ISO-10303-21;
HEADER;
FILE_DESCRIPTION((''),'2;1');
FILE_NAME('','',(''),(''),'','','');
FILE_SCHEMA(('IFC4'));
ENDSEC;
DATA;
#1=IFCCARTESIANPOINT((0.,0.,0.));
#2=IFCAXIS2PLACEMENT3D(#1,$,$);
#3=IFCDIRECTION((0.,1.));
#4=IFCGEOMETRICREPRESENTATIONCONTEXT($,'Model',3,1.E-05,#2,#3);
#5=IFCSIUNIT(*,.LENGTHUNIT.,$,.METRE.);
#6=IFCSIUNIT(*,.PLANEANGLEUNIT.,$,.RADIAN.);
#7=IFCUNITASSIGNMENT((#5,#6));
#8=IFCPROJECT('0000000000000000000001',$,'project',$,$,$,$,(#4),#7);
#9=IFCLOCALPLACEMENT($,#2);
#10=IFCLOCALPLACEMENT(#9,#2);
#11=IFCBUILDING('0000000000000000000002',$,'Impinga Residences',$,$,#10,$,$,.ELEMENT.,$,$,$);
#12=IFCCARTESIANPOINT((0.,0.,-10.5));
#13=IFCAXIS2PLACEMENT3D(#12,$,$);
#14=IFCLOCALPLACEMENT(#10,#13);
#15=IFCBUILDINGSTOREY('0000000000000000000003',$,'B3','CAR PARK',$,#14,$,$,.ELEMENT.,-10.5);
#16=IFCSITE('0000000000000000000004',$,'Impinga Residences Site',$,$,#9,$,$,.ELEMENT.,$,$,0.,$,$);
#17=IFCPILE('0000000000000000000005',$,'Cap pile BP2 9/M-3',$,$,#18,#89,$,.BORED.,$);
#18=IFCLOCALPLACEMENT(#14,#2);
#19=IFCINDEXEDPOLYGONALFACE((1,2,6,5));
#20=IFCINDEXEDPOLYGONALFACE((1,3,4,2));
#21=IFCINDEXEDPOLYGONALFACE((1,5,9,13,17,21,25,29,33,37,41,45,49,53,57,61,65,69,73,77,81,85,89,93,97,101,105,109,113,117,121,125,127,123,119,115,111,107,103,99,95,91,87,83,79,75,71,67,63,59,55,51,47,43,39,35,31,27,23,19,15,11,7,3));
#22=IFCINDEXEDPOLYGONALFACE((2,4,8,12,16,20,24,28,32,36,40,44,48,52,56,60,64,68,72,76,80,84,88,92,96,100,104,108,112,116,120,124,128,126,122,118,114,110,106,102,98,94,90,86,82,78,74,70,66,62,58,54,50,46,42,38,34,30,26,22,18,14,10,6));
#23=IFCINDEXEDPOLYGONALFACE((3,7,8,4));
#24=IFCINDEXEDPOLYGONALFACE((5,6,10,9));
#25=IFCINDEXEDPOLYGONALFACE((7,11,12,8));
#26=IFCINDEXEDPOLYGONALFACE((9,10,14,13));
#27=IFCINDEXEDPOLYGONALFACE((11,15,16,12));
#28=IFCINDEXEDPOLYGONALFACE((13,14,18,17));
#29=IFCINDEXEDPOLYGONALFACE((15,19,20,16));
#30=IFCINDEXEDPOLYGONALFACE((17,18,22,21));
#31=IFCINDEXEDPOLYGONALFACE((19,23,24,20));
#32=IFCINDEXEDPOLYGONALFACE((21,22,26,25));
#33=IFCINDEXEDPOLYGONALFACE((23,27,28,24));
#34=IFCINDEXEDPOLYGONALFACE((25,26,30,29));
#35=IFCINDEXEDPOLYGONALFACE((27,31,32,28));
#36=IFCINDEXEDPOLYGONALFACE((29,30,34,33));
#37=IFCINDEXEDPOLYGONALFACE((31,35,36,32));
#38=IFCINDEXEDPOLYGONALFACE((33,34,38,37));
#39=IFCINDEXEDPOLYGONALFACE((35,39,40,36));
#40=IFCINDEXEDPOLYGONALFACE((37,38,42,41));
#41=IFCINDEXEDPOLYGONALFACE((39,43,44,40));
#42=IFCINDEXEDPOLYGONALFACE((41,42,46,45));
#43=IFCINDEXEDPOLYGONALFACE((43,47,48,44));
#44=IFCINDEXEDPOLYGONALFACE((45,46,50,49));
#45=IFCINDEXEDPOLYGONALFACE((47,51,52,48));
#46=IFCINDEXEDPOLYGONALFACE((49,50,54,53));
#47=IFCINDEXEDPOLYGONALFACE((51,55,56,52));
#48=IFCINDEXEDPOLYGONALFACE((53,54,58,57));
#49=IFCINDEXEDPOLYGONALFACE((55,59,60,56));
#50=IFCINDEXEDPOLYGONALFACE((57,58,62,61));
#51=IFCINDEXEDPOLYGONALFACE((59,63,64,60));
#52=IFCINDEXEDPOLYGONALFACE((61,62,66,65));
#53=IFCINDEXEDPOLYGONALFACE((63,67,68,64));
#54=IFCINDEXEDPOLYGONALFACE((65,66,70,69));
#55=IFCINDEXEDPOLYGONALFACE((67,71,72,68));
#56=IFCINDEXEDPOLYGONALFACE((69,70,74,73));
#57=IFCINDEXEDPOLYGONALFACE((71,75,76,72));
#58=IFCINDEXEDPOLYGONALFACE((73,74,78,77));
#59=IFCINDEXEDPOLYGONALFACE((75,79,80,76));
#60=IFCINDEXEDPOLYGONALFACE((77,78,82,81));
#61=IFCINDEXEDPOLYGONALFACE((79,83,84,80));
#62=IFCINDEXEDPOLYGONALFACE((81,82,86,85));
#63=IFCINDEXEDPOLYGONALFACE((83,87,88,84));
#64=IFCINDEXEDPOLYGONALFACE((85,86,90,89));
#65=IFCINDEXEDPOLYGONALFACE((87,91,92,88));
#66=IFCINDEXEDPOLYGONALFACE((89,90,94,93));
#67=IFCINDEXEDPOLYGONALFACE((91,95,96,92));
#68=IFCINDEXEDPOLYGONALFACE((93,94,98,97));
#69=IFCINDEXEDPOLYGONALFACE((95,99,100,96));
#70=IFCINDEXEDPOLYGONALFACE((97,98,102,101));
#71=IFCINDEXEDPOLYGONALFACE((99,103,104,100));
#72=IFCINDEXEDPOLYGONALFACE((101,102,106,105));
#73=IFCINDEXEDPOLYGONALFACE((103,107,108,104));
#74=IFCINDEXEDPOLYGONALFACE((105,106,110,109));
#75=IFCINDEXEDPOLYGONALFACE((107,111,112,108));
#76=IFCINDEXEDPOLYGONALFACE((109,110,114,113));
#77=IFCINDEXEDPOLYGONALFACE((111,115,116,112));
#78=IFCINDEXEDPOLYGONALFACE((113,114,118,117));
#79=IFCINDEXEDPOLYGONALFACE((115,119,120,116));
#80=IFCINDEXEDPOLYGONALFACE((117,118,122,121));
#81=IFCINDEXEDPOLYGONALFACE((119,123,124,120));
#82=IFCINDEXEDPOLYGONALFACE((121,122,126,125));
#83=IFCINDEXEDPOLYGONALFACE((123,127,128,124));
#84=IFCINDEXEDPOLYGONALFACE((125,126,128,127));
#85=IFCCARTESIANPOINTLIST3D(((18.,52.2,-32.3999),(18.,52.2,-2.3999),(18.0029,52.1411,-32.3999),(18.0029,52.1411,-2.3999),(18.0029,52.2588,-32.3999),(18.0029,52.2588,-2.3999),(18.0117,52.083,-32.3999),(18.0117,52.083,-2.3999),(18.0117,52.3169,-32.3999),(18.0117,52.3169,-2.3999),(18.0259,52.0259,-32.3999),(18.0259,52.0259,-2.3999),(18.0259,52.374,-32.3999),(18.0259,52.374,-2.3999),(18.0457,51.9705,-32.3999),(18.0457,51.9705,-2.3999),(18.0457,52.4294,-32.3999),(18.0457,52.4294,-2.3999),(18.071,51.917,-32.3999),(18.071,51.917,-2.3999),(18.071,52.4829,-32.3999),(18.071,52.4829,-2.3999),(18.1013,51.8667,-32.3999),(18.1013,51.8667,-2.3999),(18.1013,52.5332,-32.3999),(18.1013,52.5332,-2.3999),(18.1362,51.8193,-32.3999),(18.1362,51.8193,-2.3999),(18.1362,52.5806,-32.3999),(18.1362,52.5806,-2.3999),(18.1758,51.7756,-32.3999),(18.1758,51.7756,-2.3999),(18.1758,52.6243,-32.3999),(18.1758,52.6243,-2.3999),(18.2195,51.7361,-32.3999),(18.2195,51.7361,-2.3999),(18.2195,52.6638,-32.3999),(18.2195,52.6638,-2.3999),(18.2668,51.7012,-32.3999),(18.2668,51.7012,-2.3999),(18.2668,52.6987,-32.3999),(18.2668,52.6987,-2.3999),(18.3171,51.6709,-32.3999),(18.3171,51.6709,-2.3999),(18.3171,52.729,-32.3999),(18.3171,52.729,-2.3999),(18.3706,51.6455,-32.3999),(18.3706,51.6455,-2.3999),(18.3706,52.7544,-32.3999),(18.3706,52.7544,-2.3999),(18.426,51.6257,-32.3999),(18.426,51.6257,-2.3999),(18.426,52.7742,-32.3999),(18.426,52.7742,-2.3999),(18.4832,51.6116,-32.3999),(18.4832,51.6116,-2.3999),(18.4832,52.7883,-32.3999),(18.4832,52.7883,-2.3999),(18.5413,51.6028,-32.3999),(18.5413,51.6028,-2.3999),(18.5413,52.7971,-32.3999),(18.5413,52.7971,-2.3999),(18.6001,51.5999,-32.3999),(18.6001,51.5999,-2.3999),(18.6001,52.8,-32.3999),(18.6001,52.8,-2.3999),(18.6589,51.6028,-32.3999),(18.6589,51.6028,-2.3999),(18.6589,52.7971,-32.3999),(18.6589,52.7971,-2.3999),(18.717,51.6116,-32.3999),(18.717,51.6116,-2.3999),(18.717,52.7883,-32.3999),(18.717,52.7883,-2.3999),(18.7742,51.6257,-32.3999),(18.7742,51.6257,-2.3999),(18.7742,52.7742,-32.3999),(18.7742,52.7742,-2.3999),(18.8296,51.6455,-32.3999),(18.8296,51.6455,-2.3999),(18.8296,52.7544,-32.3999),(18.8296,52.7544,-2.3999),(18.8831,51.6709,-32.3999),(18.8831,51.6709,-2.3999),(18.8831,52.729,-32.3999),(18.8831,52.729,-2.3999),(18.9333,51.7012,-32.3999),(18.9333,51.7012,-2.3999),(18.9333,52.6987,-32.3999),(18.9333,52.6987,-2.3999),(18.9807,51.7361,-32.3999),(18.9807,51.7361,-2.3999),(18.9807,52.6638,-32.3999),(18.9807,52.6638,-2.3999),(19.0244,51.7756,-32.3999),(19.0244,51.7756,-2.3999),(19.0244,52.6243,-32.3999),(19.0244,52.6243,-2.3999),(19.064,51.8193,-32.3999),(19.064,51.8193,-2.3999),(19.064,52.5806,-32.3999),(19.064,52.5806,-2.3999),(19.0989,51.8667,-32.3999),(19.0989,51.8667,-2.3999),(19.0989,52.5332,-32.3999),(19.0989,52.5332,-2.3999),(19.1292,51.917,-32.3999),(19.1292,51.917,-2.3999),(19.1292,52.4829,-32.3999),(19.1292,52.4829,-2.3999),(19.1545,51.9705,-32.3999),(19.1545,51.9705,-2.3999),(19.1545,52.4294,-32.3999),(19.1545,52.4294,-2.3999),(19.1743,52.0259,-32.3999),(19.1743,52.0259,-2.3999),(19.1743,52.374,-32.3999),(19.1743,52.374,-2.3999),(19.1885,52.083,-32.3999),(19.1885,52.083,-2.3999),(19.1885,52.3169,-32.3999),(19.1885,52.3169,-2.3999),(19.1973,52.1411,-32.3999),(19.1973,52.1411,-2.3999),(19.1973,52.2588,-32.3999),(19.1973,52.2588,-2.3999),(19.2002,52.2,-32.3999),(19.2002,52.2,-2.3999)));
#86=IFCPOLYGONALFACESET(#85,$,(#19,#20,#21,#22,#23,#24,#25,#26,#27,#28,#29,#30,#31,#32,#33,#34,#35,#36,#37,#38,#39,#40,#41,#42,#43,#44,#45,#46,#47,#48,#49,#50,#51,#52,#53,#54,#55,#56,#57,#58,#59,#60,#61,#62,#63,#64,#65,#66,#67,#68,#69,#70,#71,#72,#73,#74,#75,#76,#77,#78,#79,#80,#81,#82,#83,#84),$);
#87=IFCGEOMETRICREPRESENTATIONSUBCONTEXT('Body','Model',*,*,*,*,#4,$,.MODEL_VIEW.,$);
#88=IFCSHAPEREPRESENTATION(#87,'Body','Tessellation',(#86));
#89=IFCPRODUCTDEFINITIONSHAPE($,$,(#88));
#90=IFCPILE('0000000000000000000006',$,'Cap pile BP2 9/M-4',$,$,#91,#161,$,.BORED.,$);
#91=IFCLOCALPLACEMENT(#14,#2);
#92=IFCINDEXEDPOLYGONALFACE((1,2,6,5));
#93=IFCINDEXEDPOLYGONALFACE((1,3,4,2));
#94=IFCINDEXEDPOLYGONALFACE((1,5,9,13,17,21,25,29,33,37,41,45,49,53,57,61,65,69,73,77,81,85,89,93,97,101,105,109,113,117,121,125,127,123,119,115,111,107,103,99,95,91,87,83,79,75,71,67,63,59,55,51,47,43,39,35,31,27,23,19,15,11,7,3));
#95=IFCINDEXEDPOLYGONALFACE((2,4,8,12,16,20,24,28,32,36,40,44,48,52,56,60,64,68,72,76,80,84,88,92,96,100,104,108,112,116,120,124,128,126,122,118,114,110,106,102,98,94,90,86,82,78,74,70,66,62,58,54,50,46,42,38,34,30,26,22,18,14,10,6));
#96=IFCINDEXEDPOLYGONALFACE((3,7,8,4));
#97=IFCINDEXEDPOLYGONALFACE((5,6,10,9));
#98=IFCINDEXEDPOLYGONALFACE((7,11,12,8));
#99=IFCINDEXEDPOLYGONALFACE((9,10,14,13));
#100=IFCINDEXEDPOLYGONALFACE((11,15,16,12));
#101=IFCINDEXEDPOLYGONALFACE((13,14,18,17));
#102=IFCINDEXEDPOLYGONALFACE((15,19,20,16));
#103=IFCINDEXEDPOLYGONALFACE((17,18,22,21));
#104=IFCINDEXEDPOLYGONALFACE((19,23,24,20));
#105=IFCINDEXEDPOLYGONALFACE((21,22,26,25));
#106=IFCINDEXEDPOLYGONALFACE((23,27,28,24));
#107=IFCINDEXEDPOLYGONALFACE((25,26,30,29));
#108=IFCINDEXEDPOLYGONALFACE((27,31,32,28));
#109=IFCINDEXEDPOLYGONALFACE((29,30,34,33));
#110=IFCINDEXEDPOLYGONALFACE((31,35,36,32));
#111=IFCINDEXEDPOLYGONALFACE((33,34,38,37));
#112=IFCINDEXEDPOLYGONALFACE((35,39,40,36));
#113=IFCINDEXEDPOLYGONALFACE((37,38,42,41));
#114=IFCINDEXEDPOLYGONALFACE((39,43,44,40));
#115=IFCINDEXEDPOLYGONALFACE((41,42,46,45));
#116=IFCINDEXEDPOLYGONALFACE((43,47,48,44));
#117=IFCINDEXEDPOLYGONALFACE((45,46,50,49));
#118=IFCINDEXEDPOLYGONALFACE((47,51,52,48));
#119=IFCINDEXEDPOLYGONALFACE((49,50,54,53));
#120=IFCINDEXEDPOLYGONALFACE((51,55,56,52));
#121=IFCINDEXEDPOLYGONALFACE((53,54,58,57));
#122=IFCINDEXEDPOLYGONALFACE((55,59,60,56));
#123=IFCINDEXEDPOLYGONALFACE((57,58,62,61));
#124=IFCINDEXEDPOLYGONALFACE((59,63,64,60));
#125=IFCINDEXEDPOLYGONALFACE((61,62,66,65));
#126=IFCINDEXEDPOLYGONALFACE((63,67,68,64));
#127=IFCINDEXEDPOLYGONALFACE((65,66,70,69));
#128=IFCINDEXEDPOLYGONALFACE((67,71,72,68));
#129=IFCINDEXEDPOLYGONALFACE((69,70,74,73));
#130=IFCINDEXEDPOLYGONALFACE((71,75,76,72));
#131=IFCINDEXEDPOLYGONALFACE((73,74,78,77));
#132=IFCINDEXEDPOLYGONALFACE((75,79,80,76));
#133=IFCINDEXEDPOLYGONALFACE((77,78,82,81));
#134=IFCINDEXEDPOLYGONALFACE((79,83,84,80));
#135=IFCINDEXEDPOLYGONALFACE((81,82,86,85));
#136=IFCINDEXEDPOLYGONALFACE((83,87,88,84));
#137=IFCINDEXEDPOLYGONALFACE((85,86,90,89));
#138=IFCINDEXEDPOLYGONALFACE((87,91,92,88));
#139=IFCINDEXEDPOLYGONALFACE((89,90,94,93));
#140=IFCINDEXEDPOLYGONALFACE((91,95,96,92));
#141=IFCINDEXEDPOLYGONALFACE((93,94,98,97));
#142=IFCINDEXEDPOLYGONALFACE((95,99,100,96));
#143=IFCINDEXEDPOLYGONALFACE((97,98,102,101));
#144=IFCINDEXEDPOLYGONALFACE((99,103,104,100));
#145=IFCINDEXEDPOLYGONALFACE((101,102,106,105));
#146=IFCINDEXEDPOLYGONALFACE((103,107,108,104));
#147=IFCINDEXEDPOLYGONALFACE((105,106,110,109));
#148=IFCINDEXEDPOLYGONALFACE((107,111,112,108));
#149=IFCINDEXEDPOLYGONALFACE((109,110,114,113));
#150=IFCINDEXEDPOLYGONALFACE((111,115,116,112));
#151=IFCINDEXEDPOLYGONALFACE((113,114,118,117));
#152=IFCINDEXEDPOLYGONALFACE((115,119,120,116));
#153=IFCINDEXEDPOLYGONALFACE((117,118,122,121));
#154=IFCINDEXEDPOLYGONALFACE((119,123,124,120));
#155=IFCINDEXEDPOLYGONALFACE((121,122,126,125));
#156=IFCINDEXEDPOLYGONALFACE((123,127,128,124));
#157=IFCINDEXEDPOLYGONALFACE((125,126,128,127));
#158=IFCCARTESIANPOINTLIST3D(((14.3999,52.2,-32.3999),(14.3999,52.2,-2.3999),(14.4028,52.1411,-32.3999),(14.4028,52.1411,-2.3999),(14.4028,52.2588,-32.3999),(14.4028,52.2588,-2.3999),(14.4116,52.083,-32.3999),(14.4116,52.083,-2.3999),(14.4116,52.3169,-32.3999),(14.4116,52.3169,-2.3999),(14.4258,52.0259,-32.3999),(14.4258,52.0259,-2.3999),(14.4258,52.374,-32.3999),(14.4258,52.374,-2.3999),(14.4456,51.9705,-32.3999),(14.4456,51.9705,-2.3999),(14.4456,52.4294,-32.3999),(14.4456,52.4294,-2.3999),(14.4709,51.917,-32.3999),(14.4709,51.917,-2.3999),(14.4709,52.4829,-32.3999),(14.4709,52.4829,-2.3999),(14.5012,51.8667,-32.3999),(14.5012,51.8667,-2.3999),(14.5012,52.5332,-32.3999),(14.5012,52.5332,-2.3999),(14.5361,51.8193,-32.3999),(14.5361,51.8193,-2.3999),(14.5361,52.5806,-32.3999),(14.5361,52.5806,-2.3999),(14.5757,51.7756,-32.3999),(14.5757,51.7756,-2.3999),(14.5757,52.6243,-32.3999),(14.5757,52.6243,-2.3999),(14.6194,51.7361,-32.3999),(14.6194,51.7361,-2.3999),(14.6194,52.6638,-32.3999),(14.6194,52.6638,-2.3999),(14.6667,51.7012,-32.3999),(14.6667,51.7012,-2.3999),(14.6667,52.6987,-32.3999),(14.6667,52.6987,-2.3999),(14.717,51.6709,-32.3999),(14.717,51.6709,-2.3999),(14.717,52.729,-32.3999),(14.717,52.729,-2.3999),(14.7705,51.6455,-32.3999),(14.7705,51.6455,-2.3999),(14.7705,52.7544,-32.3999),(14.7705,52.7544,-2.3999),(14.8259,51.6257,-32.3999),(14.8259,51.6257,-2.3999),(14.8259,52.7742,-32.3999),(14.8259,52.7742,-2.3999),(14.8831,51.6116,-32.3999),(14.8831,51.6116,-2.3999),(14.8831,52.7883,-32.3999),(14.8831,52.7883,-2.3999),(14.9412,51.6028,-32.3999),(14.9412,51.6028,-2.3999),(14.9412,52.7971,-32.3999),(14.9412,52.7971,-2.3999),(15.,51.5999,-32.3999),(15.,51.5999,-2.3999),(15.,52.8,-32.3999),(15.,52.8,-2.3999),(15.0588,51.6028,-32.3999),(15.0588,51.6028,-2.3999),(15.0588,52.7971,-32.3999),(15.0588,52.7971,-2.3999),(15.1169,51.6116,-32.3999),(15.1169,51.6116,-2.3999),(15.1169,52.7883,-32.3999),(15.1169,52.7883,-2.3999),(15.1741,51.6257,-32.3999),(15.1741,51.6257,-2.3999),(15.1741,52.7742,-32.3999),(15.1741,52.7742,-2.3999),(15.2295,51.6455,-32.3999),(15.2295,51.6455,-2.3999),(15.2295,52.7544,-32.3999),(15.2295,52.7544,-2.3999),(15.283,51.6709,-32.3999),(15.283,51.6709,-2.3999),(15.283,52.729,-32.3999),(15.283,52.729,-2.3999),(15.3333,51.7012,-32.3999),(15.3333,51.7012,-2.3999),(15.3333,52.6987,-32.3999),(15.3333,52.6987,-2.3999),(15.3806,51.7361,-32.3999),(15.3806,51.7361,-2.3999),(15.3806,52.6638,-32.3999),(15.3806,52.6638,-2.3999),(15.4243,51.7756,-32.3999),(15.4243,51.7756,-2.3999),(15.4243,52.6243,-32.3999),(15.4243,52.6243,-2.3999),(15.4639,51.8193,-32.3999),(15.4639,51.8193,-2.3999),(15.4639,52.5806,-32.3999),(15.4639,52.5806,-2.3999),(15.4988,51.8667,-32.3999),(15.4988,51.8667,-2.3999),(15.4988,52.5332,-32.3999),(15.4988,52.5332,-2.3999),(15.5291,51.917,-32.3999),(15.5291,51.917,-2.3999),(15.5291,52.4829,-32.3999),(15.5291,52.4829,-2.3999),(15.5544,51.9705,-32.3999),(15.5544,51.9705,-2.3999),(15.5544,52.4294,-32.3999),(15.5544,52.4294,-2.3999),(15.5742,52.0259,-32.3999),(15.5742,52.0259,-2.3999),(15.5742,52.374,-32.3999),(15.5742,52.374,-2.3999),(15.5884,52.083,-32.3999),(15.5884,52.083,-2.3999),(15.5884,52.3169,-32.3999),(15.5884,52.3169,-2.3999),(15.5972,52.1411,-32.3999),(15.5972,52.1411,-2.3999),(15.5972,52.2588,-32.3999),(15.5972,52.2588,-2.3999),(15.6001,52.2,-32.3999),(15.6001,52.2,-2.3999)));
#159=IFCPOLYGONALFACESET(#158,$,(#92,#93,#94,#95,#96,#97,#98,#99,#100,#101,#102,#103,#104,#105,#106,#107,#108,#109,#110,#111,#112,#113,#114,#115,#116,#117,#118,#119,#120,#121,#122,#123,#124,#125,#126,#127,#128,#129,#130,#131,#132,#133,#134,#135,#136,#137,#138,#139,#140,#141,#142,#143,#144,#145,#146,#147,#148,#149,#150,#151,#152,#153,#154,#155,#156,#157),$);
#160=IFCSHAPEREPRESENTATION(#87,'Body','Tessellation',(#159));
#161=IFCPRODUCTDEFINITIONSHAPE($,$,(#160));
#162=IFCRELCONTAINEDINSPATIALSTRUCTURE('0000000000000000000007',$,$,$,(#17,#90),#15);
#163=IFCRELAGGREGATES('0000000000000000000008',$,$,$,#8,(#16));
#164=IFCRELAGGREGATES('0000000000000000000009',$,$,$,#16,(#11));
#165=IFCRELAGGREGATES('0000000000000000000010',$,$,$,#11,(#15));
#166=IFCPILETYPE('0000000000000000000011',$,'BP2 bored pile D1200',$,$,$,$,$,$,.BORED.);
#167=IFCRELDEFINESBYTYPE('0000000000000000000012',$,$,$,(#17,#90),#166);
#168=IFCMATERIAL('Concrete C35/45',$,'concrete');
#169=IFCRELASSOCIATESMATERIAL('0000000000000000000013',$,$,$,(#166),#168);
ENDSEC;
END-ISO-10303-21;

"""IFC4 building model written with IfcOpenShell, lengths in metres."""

from ifc_helpers import new_model, si_unit, direction, frame, origin, origin_2d, place, context, subcontext, project, spatial, polyline, circle, outline, extrude, material, material_profile, profile_set, type_object, element, save


model = new_model("IFC4")

# Units and contexts
model_context = context("Model", 3, precision=1e-05, world=origin(), true_north=direction((0.0, 1.0)))
body_context = subcontext(model_context, "Body", "Model", "MODEL_VIEW")
ifc_project = project(units=[si_unit("LENGTHUNIT", "METRE"), si_unit("PLANEANGLEUNIT", "RADIAN")], contexts=[model_context])

# Site, building, storey
site_placement = place(None, origin())
site = spatial("IfcSite", under=ifc_project, at=site_placement, Name="Impinga Residences Site", CompositionType="ELEMENT", RefElevation=0.0)
building_placement = place(site_placement, origin())
building = spatial("IfcBuilding", under=site, at=building_placement, Name="Impinga Residences", CompositionType="ELEMENT")
storey_placement = place(building_placement, frame((0.0, 0.0, -10.5)))
storey = spatial("IfcBuildingStorey", under=building, at=storey_placement, Name="B3", Description="CAR PARK", CompositionType="ELEMENT", Elevation=-10.5)

# Piles
ifc_material_1 = material(Name="Concrete C35/45", Category="concrete")
ifc_material_profile_1 = material_profile(ifc_material_1, circle(Radius=0.6001, at=origin_2d()), Name="D1200")
ifc_profile_set_1 = profile_set([ifc_material_profile_1], Name="Concrete C35/45")
pile_type_1 = type_object("IfcPileType", Name="BP2 bored pile D1200", PredefinedType="BORED", material=ifc_profile_set_1)
pile_1_placement = place(storey_placement, frame((18.6001, 52.2, -2.3999), z_axis=(0.0, 0.0, -1.0), x_axis=(1.0, 0.0, 0.0)))
element("IfcPile", 1, at=pile_1_placement, inside=storey, type_object=pile_type_1, Name="Cap pile BP2 9/M-3", PredefinedType="BORED", context=body_context, shape_type="SweptSolid", body=[
    extrude(outline(polyline([(0.6001, 0.0), (0.5972, 0.0588), (0.5884, 0.1169), (0.5742, 0.1741), (0.5544, 0.2295), (0.5291, 0.283), (0.4988, 0.3333), (0.4639, 0.3806), (0.4243, 0.4243), (0.3806, 0.4639), (0.3333, 0.4988), (0.283, 0.5291), (0.2295, 0.5544), (0.1741, 0.5742), (0.1169, 0.5884), (0.0588, 0.5972), (0.0, 0.6001), (-0.0588, 0.5972), (-0.1169, 0.5884), (-0.1741, 0.5742), (-0.2295, 0.5544), (-0.283, 0.5291), (-0.3333, 0.4988), (-0.3806, 0.4639), (-0.4243, 0.4243), (-0.4639, 0.3806), (-0.4988, 0.3333), (-0.5291, 0.283), (-0.5544, 0.2295), (-0.5742, 0.1741), (-0.5884, 0.1169), (-0.5972, 0.0588), (-0.6001, 0.0), (-0.5972, -0.0588), (-0.5884, -0.1169), (-0.5742, -0.1741), (-0.5544, -0.2295), (-0.5291, -0.283), (-0.4988, -0.3333), (-0.4639, -0.3806), (-0.4243, -0.4243), (-0.3806, -0.4639), (-0.3333, -0.4988), (-0.283, -0.5291), (-0.2295, -0.5544), (-0.1741, -0.5742), (-0.1169, -0.5884), (-0.0588, -0.5972), (0.0, -0.6001), (0.0588, -0.5972), (0.1169, -0.5884), (0.1741, -0.5742), (0.2295, -0.5544), (0.283, -0.5291), (0.3333, -0.4988), (0.3806, -0.4639), (0.4243, -0.4243), (0.4639, -0.3806), (0.4988, -0.3333), (0.5291, -0.283), (0.5544, -0.2295), (0.5742, -0.1741), (0.5884, -0.1169), (0.5972, -0.0588), (0.6001, 0.0)])), origin(), (0.0, 0.0, 1.0), 30.0),
])
pile_2_placement = place(storey_placement, frame((15.0, 52.2, -2.3999), z_axis=(0.0, 0.0, -1.0), x_axis=(1.0, 0.0, 0.0)))
element("IfcPile", 2, at=pile_2_placement, inside=storey, type_object=pile_type_1, Name="Cap pile BP2 9/M-4", PredefinedType="BORED", context=body_context, shape_type="SweptSolid", body=[
    extrude(outline(polyline([(0.6001, 0.0), (0.5972, 0.0588), (0.5884, 0.1169), (0.5742, 0.1741), (0.5544, 0.2295), (0.5291, 0.283), (0.4988, 0.3333), (0.4639, 0.3806), (0.4243, 0.4243), (0.3806, 0.4639), (0.3333, 0.4988), (0.283, 0.5291), (0.2295, 0.5544), (0.1741, 0.5742), (0.1169, 0.5884), (0.0588, 0.5972), (0.0, 0.6001), (-0.0588, 0.5972), (-0.1169, 0.5884), (-0.1741, 0.5742), (-0.2295, 0.5544), (-0.283, 0.5291), (-0.3333, 0.4988), (-0.3806, 0.4639), (-0.4243, 0.4243), (-0.4639, 0.3806), (-0.4988, 0.3333), (-0.5291, 0.283), (-0.5544, 0.2295), (-0.5742, 0.1741), (-0.5884, 0.1169), (-0.5972, 0.0588), (-0.6001, 0.0), (-0.5972, -0.0588), (-0.5884, -0.1169), (-0.5742, -0.1741), (-0.5544, -0.2295), (-0.5291, -0.283), (-0.4988, -0.3333), (-0.4639, -0.3806), (-0.4243, -0.4243), (-0.3806, -0.4639), (-0.3333, -0.4988), (-0.283, -0.5291), (-0.2295, -0.5544), (-0.1741, -0.5742), (-0.1169, -0.5884), (-0.0588, -0.5972), (0.0, -0.6001), (0.0588, -0.5972), (0.1169, -0.5884), (0.1741, -0.5742), (0.2295, -0.5544), (0.283, -0.5291), (0.3333, -0.4988), (0.3806, -0.4639), (0.4243, -0.4243), (0.4639, -0.3806), (0.4988, -0.3333), (0.5291, -0.283), (0.5544, -0.2295), (0.5742, -0.1741), (0.5884, -0.1169), (0.5972, -0.0588), (0.6001, 0.0)])), origin(), (0.0, 0.0, 1.0), 30.0),
])

save(model, "model.ifc")
